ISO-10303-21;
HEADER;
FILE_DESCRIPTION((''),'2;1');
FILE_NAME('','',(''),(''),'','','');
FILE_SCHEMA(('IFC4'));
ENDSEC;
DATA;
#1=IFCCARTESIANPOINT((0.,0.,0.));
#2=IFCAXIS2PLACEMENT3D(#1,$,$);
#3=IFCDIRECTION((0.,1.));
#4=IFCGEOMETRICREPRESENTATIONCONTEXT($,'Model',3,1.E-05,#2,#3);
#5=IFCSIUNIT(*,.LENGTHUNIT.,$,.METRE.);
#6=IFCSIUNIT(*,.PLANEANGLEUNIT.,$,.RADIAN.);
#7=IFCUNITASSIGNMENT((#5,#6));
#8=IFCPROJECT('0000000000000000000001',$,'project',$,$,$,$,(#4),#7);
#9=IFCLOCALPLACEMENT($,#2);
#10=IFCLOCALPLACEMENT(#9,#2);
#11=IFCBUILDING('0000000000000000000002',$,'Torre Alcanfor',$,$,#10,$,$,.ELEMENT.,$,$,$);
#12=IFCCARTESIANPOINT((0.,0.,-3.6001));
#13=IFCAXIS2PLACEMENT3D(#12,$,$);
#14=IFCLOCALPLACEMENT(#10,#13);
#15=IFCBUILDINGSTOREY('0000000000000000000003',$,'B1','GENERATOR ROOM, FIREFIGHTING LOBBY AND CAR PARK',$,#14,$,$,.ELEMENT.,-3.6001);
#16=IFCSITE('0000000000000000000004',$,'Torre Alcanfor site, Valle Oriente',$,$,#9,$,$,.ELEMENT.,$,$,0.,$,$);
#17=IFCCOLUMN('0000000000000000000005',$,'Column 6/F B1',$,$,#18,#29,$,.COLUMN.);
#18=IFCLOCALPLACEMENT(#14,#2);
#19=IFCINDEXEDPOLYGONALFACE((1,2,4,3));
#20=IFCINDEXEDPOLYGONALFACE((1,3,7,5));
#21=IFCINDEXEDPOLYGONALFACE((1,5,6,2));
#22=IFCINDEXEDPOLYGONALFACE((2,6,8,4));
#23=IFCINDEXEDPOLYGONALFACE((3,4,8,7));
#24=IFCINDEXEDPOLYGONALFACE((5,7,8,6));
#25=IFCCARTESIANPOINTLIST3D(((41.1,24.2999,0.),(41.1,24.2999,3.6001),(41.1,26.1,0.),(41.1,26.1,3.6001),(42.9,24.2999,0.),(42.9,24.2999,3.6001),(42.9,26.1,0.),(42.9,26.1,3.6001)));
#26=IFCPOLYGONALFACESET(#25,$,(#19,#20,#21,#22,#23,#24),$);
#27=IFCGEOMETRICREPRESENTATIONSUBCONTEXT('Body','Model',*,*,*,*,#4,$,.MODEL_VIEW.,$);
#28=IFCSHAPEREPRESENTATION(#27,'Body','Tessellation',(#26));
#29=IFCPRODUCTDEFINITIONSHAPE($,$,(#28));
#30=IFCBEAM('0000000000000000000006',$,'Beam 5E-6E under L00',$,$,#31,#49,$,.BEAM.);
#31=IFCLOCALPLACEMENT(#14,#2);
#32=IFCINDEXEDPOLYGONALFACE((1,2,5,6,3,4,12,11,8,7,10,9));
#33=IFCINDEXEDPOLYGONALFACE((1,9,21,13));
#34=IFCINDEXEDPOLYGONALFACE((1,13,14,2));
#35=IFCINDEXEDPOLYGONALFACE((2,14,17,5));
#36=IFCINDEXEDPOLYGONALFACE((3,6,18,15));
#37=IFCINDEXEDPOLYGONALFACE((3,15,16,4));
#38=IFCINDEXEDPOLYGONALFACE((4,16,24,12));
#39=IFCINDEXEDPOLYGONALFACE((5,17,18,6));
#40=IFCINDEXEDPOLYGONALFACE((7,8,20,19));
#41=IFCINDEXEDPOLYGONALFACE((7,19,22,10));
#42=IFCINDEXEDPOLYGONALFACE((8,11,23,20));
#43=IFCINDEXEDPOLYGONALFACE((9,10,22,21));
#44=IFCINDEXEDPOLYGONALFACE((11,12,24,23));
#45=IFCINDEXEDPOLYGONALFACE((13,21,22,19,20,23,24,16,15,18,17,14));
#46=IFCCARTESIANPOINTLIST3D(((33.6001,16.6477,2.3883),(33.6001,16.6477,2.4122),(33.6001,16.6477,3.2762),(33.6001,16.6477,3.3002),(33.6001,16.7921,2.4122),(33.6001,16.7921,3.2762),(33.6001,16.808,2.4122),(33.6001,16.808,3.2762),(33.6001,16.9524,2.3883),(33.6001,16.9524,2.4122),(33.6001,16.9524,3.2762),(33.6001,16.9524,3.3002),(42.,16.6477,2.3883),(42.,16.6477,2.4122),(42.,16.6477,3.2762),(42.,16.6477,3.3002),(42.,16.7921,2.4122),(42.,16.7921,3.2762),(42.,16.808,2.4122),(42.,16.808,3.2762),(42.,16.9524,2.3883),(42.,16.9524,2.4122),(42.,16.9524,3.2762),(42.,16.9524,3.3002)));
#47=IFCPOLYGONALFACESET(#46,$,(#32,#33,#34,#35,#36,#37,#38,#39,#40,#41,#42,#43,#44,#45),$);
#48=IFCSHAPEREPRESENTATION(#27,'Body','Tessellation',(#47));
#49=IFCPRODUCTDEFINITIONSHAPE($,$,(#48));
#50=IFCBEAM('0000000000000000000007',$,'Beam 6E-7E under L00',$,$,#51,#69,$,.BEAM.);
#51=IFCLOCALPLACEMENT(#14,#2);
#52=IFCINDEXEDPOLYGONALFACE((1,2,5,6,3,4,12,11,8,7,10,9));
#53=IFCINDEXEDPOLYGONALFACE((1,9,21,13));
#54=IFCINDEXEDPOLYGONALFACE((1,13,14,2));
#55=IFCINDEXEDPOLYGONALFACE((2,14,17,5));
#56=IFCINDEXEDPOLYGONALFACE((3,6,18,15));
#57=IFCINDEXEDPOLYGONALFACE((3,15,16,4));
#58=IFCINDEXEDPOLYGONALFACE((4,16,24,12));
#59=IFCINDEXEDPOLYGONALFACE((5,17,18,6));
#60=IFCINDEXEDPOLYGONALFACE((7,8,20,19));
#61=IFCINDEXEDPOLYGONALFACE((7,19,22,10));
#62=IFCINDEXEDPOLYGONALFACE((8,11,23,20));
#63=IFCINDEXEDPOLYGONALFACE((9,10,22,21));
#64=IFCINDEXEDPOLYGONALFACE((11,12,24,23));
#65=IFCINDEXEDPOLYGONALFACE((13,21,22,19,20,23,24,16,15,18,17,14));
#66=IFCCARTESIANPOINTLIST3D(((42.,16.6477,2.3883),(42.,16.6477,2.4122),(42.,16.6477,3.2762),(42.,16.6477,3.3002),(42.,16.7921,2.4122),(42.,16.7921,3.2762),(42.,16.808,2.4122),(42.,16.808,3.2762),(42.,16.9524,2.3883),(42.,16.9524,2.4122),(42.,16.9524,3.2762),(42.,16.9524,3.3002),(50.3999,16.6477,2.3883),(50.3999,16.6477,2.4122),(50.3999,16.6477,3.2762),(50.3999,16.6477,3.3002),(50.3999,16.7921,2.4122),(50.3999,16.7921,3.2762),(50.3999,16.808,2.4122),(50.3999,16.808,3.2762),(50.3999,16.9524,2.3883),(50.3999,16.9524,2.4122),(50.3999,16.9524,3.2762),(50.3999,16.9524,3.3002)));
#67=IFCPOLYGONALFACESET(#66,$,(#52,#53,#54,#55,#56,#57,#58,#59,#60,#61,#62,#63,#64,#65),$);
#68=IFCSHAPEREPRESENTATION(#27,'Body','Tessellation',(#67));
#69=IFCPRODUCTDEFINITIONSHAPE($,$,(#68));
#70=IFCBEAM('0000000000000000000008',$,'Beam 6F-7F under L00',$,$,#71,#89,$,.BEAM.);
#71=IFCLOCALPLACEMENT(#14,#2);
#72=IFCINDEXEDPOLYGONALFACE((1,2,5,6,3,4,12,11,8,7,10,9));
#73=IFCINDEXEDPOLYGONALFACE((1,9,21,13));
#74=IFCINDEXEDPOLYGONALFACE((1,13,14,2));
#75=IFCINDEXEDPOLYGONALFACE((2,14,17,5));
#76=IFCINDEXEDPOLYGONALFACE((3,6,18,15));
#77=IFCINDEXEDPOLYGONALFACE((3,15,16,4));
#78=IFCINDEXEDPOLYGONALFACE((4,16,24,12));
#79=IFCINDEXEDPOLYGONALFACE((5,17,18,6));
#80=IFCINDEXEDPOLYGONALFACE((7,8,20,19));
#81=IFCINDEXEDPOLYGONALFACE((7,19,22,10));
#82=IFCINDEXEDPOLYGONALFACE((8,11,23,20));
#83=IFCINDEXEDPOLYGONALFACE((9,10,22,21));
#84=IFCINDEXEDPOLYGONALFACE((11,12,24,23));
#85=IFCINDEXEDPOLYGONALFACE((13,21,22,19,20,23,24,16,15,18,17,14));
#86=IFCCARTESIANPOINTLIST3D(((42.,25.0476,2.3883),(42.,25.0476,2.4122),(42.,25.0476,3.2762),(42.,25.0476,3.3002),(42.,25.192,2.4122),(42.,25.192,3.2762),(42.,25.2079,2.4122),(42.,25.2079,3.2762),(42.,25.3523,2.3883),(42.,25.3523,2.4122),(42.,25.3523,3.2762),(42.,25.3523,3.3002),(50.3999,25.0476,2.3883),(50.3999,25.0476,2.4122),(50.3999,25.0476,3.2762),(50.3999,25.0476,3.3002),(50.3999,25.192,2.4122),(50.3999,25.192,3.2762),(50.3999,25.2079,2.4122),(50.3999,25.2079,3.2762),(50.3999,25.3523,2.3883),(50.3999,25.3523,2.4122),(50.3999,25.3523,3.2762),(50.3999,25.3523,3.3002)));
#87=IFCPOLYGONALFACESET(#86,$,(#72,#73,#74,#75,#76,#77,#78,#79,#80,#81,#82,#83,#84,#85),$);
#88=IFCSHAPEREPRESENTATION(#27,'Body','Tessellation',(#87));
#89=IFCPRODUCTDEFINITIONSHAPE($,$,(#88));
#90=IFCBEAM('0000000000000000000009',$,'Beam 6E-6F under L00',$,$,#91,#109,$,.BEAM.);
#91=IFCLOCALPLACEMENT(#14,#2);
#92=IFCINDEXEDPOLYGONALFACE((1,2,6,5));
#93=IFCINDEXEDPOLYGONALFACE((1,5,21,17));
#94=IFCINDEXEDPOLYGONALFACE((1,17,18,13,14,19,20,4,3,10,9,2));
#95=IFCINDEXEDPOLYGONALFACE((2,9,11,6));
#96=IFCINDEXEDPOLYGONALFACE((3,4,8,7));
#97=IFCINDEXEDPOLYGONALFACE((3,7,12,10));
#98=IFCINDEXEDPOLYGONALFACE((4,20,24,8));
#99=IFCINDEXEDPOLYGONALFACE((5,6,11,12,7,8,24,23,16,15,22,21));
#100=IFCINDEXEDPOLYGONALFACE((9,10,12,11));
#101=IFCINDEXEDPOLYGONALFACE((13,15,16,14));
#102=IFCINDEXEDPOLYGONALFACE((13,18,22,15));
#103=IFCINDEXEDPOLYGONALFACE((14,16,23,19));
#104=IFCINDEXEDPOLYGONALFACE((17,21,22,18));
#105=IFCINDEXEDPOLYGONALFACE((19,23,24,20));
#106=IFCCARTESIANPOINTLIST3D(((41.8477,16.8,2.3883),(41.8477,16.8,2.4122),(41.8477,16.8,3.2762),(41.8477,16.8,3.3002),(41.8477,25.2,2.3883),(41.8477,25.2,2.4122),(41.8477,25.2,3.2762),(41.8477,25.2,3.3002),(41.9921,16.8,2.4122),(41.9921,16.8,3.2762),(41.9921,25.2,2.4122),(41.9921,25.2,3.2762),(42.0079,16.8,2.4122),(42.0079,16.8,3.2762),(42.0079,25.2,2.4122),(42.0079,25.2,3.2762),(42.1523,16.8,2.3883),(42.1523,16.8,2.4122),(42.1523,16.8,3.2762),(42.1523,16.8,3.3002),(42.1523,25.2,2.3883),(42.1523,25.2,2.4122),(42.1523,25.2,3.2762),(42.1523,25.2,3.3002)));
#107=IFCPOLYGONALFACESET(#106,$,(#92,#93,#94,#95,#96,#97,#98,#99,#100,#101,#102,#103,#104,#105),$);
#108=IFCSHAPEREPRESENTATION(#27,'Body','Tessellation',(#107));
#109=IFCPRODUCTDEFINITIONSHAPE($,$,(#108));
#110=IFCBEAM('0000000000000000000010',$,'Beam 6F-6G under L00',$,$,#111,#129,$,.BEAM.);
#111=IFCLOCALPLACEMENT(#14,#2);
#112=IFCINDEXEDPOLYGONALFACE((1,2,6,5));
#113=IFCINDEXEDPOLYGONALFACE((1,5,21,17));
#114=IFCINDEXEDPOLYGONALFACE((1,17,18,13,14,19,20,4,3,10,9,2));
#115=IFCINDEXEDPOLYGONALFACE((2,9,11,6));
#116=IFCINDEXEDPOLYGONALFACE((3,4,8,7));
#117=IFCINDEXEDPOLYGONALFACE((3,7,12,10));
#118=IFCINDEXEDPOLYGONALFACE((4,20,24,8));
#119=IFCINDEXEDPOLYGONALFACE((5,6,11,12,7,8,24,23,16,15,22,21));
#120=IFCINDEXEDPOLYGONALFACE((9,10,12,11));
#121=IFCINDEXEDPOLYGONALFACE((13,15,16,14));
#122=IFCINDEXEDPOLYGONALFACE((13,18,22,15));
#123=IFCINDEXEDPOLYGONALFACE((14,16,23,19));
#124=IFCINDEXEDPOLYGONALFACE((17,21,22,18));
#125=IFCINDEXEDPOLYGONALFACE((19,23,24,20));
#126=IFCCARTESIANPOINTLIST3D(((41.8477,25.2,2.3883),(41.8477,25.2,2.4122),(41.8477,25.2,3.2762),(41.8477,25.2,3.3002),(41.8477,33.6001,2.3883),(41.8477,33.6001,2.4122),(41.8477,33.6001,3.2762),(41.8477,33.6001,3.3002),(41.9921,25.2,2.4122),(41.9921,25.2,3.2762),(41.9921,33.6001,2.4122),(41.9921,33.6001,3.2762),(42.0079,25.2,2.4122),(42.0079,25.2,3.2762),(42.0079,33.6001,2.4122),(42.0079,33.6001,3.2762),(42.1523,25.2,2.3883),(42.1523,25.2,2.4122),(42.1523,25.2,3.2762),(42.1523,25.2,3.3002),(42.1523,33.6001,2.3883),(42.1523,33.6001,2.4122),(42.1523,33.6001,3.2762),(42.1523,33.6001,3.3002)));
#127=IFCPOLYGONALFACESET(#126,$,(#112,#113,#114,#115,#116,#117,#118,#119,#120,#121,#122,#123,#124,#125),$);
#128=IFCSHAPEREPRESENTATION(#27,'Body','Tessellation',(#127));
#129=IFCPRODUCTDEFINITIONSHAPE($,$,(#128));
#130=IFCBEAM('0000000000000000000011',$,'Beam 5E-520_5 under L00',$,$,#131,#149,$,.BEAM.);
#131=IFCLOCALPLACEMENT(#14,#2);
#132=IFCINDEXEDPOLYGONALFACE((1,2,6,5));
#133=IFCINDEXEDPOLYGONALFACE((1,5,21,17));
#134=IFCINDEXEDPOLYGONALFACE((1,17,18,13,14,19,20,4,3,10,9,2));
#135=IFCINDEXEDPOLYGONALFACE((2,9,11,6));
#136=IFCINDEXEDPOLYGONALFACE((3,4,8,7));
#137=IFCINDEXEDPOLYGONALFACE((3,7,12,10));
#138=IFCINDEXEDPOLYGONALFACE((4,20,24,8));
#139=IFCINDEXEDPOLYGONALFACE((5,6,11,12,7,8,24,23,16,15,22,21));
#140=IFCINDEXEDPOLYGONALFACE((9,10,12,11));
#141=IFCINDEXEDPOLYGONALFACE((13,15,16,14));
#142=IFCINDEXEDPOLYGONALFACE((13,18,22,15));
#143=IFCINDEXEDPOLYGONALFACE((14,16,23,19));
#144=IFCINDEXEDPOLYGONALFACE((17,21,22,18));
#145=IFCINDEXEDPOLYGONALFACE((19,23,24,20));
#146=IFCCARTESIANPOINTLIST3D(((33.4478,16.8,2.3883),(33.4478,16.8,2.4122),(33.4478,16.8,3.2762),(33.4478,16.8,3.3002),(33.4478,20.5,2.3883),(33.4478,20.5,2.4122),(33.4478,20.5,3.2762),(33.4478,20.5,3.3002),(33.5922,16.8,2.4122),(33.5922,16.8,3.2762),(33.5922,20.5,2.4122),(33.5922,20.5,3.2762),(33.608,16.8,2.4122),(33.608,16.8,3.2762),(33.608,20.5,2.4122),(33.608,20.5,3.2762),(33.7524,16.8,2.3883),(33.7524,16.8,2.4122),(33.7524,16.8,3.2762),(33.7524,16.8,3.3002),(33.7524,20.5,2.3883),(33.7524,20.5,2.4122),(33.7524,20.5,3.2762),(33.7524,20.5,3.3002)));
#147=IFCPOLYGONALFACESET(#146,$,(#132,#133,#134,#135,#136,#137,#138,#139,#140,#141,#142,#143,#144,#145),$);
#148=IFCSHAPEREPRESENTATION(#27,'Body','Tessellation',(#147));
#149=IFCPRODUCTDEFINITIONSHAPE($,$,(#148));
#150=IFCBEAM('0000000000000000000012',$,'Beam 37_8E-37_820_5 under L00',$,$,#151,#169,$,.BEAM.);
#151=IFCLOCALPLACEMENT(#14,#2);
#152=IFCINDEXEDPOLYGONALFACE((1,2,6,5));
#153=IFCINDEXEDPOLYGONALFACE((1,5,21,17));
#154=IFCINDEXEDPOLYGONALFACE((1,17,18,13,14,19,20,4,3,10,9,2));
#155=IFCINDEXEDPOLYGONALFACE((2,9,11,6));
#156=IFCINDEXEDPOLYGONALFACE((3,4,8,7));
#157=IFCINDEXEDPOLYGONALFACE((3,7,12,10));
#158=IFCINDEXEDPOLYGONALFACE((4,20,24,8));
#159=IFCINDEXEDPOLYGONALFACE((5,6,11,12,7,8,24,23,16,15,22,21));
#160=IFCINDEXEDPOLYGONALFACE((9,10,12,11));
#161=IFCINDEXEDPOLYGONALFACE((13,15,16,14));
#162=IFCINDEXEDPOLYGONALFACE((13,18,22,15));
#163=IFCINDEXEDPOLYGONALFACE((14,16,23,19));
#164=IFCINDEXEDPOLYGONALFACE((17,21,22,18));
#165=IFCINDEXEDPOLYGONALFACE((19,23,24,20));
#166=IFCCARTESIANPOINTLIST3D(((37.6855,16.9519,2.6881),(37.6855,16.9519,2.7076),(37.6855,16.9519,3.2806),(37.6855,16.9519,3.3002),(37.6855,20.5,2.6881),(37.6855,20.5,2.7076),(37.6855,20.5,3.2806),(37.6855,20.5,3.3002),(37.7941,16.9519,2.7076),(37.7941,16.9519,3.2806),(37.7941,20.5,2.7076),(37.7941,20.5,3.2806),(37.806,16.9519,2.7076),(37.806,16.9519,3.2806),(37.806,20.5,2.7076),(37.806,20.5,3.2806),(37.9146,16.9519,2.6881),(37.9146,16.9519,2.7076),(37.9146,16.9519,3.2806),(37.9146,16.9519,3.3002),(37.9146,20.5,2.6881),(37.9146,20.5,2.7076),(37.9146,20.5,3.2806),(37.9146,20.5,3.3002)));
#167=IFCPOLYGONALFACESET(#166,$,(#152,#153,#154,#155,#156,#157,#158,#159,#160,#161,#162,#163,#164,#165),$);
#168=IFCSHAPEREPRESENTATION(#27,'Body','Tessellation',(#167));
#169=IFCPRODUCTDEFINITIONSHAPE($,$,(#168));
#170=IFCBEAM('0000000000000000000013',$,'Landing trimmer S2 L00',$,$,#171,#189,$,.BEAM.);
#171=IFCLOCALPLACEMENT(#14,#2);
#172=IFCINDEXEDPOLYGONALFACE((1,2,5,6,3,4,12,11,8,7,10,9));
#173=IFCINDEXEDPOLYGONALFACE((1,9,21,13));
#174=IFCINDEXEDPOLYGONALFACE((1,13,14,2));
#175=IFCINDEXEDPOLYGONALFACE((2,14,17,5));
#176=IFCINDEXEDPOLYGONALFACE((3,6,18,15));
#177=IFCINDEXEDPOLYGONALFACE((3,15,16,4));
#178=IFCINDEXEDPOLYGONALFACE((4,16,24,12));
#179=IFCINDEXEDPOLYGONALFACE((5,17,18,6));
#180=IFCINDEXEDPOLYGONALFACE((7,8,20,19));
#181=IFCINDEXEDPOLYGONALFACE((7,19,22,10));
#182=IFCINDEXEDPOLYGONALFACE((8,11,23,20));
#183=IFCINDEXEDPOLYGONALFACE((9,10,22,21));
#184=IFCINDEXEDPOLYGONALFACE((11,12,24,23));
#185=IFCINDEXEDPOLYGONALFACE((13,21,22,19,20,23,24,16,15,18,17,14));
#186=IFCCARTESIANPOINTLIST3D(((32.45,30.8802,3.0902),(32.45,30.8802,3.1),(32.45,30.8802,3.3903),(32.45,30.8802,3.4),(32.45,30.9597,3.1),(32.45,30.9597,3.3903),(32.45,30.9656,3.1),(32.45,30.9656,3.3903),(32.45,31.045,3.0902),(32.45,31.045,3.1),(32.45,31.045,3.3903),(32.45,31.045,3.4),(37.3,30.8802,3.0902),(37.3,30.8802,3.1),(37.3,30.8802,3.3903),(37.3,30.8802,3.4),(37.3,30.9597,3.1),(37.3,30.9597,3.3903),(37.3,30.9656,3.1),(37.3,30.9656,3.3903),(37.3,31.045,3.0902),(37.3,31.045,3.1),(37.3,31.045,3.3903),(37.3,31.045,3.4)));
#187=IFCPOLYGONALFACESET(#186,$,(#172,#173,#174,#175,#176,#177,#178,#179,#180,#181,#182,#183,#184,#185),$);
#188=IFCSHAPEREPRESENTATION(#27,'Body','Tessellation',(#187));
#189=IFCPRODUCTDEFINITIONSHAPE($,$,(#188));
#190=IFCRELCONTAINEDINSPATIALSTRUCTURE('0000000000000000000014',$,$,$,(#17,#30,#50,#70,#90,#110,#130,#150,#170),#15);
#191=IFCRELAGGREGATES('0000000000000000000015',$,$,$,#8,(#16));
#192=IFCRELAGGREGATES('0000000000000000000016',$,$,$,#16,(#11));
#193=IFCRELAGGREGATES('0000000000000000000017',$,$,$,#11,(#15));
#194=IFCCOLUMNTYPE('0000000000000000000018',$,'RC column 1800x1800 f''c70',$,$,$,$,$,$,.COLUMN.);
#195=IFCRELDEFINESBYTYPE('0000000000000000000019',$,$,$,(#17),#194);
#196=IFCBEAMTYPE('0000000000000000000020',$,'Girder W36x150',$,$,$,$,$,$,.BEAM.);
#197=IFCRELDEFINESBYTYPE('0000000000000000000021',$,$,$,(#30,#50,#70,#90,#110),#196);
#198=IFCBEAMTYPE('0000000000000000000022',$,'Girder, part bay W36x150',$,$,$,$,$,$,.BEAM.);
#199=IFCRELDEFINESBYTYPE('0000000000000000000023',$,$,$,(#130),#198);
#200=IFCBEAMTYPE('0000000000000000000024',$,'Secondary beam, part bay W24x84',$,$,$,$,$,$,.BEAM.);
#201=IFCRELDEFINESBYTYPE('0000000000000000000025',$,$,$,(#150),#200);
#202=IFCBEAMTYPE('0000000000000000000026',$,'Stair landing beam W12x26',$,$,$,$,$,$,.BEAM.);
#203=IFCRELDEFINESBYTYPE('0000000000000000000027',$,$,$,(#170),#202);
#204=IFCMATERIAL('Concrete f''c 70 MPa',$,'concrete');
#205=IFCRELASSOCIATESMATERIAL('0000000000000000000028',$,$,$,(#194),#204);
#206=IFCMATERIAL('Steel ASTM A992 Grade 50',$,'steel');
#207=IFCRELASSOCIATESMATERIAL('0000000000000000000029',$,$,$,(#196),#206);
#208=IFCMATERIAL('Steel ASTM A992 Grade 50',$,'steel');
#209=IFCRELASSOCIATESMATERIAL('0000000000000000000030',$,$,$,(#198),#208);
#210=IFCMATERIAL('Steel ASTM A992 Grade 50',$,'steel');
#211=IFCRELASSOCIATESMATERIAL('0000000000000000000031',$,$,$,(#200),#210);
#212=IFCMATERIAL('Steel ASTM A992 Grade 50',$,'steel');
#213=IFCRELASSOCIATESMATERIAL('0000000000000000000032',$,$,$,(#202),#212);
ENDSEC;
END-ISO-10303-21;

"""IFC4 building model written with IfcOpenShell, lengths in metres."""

from ifc_helpers import new_model, si_unit, direction, frame, origin, origin_2d, place, context, subcontext, project, spatial, rectangle, i_section, extrude, material, material_profile, profile_set, type_object, element, save


model = new_model("IFC4")

# Units and contexts
model_context = context("Model", 3, precision=1e-05, world=origin(), true_north=direction((0.0, 1.0)))
body_context = subcontext(model_context, "Body", "Model", "MODEL_VIEW")
ifc_project = project(units=[si_unit("LENGTHUNIT", "METRE"), si_unit("PLANEANGLEUNIT", "RADIAN")], contexts=[model_context])

# Site, building, storey
site_placement = place(None, origin())
site = spatial("IfcSite", under=ifc_project, at=site_placement, Name="Torre Alcanfor site, Valle Oriente", CompositionType="ELEMENT", RefElevation=0.0)
building_placement = place(site_placement, origin())
building = spatial("IfcBuilding", under=site, at=building_placement, Name="Torre Alcanfor", CompositionType="ELEMENT")
storey_placement = place(building_placement, frame((0.0, 0.0, -3.6001)))
storey = spatial("IfcBuildingStorey", under=building, at=storey_placement, Name="B1", Description="GENERATOR ROOM, FIREFIGHTING LOBBY AND CAR PARK", CompositionType="ELEMENT", Elevation=-3.6001)

# Column
ifc_material_1 = material(Name="Concrete f'c 70 MPa", Category="concrete")
ifc_material_profile_1 = material_profile(ifc_material_1, rectangle(XDim=1.8, YDim=1.8, at=origin_2d()), Name="1800x1800")
ifc_profile_set_1 = profile_set([ifc_material_profile_1], Name="Concrete f'c 70 MPa")
column_type = type_object("IfcColumnType", Name="RC column 1800x1800 f'c70", PredefinedType="COLUMN", material=ifc_profile_set_1)
column_placement = place(storey_placement, frame((42.0, 25.2, 0.0), z_axis=(0.0, 0.0, 1.0), x_axis=(1.0, 0.0, 0.0)))
element("IfcColumn", 1, at=column_placement, inside=storey, type_object=column_type, Name="Column 6/F B1", PredefinedType="COLUMN", context=body_context, shape_type="SweptSolid", body=[
    extrude(rectangle(XDim=1.8, YDim=1.8, at=origin_2d()), origin(), (0.0, 0.0, 1.0), 3.6001),
])

# Beams
ifc_material_2 = material(Name="Steel ASTM A992 Grade 50", Category="steel")
ifc_material_profile_2 = material_profile(ifc_material_2, i_section(OverallWidth=0.3047, OverallDepth=0.9119, WebThickness=0.0159, FlangeThickness=0.0239, at=origin_2d()), Name="W36x150")
ifc_profile_set_2 = profile_set([ifc_material_profile_2], Name="Steel ASTM A992 Grade 50")
beam_type_1 = type_object("IfcBeamType", Name="Girder W36x150", PredefinedType="BEAM", material=ifc_profile_set_2)
for number, where, z_axis, x_axis, name in (
    (2, (33.6001, 16.8, 2.8442), (1.0, 0.0, 0.0), (0.0, 1.0, 0.0), "Beam 5E-6E under L00"),
    (3, (42.0, 16.8, 2.8442), (1.0, 0.0, 0.0), (0.0, 1.0, 0.0), "Beam 6E-7E under L00"),
    (4, (42.0, 25.2, 2.8442), (1.0, 0.0, 0.0), (0.0, 1.0, 0.0), "Beam 6F-7F under L00"),
    (5, (42.0, 16.8, 2.8442), (0.0, 1.0, 0.0), (-1.0, 0.0, 0.0), "Beam 6E-6F under L00"),
):
    element("IfcBeam", number, at=place(storey_placement, frame(where, z_axis=z_axis, x_axis=x_axis)), inside=storey, type_object=beam_type_1, Name=name, PredefinedType="BEAM", context=body_context, shape_type="SweptSolid", body=[
        extrude(i_section(OverallWidth=0.3047, OverallDepth=0.9119, WebThickness=0.0159, FlangeThickness=0.0239, at=origin_2d()), origin(), (0.0, 0.0, 1.0), 8.3999),
    ])
beam_1_placement = place(storey_placement, frame((42.0, 25.2, 2.8442), z_axis=(0.0, 1.0, 0.0), x_axis=(-1.0, 0.0, 0.0)))
element("IfcBeam", 6, at=beam_1_placement, inside=storey, type_object=beam_type_1, Name="Beam 6F-6G under L00", PredefinedType="BEAM", context=body_context, shape_type="SweptSolid", body=[
    extrude(i_section(OverallWidth=0.3047, OverallDepth=0.9119, WebThickness=0.0159, FlangeThickness=0.0239, at=origin_2d()), origin(), (0.0, 0.0, 1.0), 8.4001),
])
ifc_material_3 = material(Name="Steel ASTM A992 Grade 50", Category="steel")
ifc_material_profile_3 = material_profile(ifc_material_3, i_section(OverallWidth=0.3047, OverallDepth=0.9119, WebThickness=0.0159, FlangeThickness=0.0239, at=origin_2d()), Name="W36x150")
ifc_profile_set_3 = profile_set([ifc_material_profile_3], Name="Steel ASTM A992 Grade 50")
beam_type_2 = type_object("IfcBeamType", Name="Girder, part bay W36x150", PredefinedType="BEAM", material=ifc_profile_set_3)
beam_2_placement = place(storey_placement, frame((33.6001, 16.8, 2.8442), z_axis=(0.0, 1.0, 0.0), x_axis=(-1.0, 0.0, 0.0)))
element("IfcBeam", 7, at=beam_2_placement, inside=storey, type_object=beam_type_2, Name="Beam 5E-520_5 under L00", PredefinedType="BEAM", context=body_context, shape_type="SweptSolid", body=[
    extrude(i_section(OverallWidth=0.3047, OverallDepth=0.9119, WebThickness=0.0159, FlangeThickness=0.0239, at=origin_2d()), origin(), (0.0, 0.0, 1.0), 3.7),
])
ifc_material_4 = material(Name="Steel ASTM A992 Grade 50", Category="steel")
ifc_material_profile_4 = material_profile(ifc_material_4, i_section(OverallWidth=0.229, OverallDepth=0.6121, WebThickness=0.012, FlangeThickness=0.0195, at=origin_2d()), Name="W24x84")
ifc_profile_set_4 = profile_set([ifc_material_profile_4], Name="Steel ASTM A992 Grade 50")
beam_type_3 = type_object("IfcBeamType", Name="Secondary beam, part bay W24x84", PredefinedType="BEAM", material=ifc_profile_set_4)
beam_3_placement = place(storey_placement, frame((37.8, 16.9519, 2.9941), z_axis=(0.0, 1.0, 0.0), x_axis=(-1.0, 0.0, 0.0)))
element("IfcBeam", 8, at=beam_3_placement, inside=storey, type_object=beam_type_3, Name="Beam 37_8E-37_820_5 under L00", PredefinedType="BEAM", context=body_context, shape_type="SweptSolid", body=[
    extrude(i_section(OverallWidth=0.229, OverallDepth=0.6121, WebThickness=0.012, FlangeThickness=0.0195, at=origin_2d()), origin(), (0.0, 0.0, 1.0), 3.5481),
])
ifc_material_5 = material(Name="Steel ASTM A992 Grade 50", Category="steel")
ifc_material_profile_5 = material_profile(ifc_material_5, i_section(OverallWidth=0.1648, OverallDepth=0.3098, WebThickness=0.0059, FlangeThickness=0.0098, at=origin_2d()), Name="W12x26")
ifc_profile_set_5 = profile_set([ifc_material_profile_5], Name="Steel ASTM A992 Grade 50")
beam_type_4 = type_object("IfcBeamType", Name="Stair landing beam W12x26", PredefinedType="BEAM", material=ifc_profile_set_5)
beam_4_placement = place(storey_placement, frame((32.45, 30.9626, 3.2451), z_axis=(1.0, 0.0, 0.0), x_axis=(0.0, 1.0, 0.0)))
element("IfcBeam", 9, at=beam_4_placement, inside=storey, type_object=beam_type_4, Name="Landing trimmer S2 L00", PredefinedType="BEAM", context=body_context, shape_type="SweptSolid", body=[
    extrude(i_section(OverallWidth=0.1648, OverallDepth=0.3098, WebThickness=0.0059, FlangeThickness=0.0098, at=origin_2d()), origin(), (0.0, 0.0, 1.0), 4.8501),
])

save(model, "model.ifc")
